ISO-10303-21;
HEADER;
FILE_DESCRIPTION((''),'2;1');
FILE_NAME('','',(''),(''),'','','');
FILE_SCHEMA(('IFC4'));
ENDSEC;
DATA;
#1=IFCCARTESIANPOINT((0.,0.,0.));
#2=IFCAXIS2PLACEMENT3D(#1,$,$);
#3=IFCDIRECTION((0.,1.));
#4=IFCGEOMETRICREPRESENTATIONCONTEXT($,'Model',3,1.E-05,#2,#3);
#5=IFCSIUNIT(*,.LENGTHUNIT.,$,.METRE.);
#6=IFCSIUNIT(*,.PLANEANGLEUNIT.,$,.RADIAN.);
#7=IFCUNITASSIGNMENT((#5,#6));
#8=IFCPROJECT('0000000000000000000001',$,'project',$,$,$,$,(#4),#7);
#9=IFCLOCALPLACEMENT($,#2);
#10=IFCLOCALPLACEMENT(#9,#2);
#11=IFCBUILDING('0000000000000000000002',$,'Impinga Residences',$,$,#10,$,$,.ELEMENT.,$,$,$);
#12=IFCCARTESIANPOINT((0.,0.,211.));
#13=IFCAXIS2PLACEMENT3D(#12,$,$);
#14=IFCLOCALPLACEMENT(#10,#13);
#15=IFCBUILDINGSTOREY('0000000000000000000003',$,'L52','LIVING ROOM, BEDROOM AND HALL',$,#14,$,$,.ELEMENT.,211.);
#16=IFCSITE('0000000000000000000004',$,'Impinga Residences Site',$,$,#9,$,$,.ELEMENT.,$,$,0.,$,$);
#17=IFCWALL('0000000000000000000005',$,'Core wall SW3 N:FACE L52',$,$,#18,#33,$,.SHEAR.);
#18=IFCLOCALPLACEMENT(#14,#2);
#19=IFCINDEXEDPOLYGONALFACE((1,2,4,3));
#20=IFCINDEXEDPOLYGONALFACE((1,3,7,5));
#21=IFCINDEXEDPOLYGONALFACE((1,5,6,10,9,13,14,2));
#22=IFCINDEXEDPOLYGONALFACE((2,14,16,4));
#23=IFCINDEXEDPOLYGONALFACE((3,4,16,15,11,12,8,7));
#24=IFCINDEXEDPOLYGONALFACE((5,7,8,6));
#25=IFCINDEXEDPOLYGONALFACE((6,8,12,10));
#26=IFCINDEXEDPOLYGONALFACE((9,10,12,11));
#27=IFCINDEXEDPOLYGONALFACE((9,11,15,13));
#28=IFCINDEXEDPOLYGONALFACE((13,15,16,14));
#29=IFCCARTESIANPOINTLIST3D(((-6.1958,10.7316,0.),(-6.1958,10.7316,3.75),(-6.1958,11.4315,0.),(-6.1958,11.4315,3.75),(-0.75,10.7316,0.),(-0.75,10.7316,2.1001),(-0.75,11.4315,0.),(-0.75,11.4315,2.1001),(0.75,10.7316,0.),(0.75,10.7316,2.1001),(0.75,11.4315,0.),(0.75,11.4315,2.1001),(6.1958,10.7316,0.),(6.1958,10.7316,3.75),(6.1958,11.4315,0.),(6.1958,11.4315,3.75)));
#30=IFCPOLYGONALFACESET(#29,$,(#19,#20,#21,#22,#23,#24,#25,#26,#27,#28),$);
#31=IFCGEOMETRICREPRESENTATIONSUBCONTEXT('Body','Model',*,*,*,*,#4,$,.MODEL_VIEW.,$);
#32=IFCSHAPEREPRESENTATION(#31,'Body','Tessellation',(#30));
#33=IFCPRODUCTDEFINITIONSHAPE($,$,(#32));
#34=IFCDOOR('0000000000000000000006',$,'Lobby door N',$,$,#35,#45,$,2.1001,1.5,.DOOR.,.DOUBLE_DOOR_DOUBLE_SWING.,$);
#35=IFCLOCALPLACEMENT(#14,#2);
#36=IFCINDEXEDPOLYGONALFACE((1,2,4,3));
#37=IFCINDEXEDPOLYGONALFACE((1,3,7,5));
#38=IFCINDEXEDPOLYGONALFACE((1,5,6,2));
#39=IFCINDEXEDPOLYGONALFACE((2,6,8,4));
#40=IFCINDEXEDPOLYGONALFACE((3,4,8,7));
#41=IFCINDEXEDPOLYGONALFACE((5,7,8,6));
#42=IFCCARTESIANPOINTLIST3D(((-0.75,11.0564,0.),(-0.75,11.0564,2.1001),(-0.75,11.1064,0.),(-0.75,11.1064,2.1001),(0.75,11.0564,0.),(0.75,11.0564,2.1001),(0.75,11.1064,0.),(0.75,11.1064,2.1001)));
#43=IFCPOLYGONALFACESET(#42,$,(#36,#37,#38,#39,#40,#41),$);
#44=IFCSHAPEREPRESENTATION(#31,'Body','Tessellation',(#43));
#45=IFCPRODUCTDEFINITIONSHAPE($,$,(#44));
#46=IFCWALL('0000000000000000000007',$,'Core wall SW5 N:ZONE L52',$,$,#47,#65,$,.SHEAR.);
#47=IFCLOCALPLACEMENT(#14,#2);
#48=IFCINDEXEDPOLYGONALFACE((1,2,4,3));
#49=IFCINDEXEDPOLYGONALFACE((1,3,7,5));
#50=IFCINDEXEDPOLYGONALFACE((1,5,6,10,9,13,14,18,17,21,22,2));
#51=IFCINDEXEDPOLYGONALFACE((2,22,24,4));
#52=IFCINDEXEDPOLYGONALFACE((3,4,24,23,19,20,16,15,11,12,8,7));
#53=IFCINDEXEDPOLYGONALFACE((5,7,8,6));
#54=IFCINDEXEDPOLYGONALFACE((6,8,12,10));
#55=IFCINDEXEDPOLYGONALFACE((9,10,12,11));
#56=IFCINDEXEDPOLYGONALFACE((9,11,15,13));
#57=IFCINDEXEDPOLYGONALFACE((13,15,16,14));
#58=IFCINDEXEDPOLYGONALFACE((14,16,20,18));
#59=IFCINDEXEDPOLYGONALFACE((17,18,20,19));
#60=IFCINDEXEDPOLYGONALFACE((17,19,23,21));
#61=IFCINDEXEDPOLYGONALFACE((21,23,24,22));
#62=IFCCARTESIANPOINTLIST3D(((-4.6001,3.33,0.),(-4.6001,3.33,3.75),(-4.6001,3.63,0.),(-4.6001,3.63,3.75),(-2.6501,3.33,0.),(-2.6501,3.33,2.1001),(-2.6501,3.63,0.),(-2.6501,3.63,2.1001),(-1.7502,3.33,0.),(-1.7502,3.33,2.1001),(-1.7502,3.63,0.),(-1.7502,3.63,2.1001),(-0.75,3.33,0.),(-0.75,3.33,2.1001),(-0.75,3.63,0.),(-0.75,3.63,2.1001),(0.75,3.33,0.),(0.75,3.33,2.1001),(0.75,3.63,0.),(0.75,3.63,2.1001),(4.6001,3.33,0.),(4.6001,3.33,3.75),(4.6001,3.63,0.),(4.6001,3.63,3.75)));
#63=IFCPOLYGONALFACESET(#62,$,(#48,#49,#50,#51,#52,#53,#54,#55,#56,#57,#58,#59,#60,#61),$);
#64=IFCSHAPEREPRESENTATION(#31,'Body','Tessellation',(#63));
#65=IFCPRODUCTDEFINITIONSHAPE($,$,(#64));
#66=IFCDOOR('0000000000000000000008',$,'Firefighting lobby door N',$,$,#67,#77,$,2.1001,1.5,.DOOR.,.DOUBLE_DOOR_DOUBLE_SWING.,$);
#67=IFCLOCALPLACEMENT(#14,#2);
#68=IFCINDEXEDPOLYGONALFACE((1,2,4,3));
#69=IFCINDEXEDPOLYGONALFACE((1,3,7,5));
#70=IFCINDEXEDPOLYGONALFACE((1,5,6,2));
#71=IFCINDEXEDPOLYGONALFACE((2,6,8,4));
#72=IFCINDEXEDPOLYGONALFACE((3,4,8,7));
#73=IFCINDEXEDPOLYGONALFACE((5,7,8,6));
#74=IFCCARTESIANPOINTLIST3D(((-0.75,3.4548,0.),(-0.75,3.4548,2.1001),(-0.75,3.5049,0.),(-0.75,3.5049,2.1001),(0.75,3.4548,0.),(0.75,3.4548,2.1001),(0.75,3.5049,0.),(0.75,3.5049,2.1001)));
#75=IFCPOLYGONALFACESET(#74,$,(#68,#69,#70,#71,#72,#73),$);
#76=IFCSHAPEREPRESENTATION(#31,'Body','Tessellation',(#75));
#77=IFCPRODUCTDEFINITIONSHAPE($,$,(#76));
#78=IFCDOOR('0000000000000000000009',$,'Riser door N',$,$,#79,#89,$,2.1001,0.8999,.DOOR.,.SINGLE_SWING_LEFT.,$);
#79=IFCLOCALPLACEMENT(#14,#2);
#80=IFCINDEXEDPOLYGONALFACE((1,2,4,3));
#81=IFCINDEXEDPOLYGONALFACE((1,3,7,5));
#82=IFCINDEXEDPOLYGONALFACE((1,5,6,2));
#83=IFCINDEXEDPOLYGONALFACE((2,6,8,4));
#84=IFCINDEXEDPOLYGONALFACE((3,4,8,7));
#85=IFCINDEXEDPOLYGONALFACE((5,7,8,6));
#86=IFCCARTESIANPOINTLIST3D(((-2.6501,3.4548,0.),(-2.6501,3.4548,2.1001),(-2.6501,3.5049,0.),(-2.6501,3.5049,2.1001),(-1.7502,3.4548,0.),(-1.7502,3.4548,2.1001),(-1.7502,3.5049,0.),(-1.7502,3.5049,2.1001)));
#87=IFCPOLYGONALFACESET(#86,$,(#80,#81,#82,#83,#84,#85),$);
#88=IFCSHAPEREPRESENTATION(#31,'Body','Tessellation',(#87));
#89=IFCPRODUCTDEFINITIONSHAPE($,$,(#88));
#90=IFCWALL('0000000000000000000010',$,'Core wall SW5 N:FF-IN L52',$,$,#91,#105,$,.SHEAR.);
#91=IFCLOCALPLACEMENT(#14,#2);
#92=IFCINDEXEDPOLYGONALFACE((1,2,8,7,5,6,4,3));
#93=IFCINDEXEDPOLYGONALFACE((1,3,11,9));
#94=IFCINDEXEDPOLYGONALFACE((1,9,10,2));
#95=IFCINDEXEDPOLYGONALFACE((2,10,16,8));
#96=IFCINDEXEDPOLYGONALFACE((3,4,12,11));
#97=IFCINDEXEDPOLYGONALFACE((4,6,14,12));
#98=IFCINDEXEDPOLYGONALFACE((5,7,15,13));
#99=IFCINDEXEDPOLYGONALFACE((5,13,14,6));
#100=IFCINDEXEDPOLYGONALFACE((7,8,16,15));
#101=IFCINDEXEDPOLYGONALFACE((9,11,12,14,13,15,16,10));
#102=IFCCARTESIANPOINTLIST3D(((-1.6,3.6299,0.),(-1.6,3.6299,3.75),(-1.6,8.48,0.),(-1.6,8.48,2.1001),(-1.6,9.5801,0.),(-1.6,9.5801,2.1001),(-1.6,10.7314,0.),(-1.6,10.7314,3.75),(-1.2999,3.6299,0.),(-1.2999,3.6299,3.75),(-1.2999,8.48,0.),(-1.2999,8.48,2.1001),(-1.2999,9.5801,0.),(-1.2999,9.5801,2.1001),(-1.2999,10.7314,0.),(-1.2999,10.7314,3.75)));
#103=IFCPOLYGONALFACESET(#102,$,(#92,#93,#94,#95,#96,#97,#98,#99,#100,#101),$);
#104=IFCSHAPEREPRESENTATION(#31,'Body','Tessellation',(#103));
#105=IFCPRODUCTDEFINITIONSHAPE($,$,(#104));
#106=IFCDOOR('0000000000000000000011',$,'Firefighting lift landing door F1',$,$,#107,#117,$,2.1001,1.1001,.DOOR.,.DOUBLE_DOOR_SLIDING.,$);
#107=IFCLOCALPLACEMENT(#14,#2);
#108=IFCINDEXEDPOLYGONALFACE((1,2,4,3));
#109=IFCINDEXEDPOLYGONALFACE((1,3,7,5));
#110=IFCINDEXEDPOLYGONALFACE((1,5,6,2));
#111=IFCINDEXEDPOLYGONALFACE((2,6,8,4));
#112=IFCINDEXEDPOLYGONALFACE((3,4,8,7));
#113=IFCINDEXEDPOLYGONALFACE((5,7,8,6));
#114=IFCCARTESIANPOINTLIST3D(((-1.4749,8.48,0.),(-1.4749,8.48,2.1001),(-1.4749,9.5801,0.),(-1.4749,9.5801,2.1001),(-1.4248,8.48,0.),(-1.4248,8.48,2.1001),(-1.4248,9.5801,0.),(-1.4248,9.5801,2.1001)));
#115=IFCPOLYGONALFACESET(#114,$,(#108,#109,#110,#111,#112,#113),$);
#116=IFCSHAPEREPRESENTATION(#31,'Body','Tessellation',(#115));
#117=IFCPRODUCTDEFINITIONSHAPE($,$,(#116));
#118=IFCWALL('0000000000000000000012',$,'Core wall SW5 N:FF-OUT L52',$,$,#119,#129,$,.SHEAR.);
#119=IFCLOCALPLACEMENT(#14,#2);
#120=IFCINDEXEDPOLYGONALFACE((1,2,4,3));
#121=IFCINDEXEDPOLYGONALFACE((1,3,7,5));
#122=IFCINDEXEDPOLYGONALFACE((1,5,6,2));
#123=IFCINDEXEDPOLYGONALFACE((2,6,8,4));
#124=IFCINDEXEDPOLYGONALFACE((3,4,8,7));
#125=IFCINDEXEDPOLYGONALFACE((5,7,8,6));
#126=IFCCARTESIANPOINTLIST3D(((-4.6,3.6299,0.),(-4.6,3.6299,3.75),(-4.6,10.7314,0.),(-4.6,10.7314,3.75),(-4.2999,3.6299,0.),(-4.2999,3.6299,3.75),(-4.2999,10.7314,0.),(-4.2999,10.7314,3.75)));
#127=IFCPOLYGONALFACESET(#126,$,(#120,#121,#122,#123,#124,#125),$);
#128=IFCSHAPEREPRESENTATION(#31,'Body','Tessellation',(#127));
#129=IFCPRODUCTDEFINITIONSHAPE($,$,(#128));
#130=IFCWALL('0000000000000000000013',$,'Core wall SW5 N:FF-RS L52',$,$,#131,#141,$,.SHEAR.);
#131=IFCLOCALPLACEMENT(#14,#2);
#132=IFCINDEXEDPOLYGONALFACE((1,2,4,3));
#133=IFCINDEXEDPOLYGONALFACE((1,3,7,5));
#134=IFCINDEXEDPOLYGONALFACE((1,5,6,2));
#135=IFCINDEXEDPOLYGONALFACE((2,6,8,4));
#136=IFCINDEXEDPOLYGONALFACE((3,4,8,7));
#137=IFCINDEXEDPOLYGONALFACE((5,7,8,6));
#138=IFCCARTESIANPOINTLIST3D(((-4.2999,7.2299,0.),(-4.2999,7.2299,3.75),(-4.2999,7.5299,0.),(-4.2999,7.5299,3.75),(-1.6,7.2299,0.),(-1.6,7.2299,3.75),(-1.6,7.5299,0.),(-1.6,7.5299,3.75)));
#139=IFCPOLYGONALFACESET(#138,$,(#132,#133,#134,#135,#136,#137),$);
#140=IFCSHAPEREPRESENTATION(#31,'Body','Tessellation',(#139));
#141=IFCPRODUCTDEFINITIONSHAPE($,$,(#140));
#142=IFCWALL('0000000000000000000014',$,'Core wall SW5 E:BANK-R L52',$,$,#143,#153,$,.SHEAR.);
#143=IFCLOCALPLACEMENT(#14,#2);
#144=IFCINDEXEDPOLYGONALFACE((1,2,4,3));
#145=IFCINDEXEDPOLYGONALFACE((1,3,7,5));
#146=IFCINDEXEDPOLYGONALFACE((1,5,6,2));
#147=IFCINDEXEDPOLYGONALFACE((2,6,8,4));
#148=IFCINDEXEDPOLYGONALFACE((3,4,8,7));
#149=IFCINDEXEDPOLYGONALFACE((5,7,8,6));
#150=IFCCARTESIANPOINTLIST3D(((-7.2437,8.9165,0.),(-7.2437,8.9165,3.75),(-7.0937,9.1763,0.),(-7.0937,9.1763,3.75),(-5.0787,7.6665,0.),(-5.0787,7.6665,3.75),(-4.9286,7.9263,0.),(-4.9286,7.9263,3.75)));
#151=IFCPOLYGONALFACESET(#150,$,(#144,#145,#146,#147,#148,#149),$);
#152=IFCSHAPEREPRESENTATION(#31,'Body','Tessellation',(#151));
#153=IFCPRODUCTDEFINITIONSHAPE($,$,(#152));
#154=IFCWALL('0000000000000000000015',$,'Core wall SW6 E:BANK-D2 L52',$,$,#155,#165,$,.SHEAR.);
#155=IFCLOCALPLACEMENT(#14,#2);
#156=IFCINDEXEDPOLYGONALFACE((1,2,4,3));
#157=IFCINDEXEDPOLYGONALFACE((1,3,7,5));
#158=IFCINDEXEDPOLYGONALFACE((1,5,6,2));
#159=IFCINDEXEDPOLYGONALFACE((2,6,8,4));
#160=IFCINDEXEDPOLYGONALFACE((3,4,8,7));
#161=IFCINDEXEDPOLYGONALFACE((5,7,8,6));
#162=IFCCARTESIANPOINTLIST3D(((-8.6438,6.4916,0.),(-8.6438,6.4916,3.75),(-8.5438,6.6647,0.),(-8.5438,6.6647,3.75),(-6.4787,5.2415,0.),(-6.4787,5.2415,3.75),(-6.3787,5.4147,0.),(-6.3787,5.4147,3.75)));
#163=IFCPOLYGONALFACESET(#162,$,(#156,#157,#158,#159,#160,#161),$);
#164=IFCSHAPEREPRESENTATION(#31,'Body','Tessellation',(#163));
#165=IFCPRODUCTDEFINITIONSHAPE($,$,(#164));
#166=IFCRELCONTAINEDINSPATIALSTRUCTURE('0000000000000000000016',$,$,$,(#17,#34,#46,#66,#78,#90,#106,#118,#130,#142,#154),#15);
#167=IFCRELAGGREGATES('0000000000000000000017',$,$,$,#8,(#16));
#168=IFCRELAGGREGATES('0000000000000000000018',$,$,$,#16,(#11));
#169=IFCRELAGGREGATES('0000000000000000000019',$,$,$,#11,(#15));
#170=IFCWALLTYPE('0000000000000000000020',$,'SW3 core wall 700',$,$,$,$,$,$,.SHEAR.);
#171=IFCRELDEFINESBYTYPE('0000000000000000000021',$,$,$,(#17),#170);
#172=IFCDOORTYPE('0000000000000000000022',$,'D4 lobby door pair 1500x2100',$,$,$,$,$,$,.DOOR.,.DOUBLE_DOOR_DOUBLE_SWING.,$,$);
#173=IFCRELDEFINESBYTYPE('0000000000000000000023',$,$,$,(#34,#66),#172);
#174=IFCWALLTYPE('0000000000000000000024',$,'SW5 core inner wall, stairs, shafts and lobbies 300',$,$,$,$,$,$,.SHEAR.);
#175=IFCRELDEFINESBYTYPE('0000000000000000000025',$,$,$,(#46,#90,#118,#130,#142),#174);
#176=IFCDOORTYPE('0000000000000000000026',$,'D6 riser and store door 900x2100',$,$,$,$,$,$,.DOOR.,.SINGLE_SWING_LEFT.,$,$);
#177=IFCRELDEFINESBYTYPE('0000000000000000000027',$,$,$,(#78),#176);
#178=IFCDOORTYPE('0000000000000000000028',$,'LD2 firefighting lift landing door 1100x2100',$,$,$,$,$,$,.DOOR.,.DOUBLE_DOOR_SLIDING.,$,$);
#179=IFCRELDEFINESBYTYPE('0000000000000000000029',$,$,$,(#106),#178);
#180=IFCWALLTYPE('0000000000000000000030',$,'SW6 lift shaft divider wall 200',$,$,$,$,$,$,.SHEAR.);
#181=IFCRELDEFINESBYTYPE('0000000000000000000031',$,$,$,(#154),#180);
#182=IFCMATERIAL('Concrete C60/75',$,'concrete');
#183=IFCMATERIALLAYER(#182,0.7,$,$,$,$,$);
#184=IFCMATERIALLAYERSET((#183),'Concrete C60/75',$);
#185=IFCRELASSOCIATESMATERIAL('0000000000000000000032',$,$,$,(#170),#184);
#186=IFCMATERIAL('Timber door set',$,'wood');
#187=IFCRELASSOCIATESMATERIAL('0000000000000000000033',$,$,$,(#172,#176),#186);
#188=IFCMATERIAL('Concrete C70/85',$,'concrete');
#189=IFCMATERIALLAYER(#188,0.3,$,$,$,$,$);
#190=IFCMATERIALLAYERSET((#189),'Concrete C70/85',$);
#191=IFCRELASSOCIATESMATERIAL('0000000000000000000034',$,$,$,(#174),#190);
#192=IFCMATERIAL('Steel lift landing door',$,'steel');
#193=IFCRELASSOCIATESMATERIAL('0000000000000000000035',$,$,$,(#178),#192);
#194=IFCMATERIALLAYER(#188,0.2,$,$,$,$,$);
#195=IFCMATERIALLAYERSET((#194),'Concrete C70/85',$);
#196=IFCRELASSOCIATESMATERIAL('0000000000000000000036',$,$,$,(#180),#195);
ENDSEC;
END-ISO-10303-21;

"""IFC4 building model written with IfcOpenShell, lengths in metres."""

from ifc_helpers import new_model, si_unit, direction, frame, frame_2d, origin, place, context, subcontext, project, spatial, rectangle, extrude, material, layer, layer_set, type_object, element, fill, save


model = new_model("IFC4")

# Units and contexts
model_context = context("Model", 3, precision=1e-05, world=origin(), true_north=direction((0.0, 1.0)))
body_context = subcontext(model_context, "Body", "Model", "MODEL_VIEW")
ifc_project = project(units=[si_unit("LENGTHUNIT", "METRE"), si_unit("PLANEANGLEUNIT", "RADIAN")], contexts=[model_context])

# Site, building, storey
site_placement = place(None, origin())
site = spatial("IfcSite", under=ifc_project, at=site_placement, Name="Impinga Residences Site", CompositionType="ELEMENT", RefElevation=0.0)
building_placement = place(site_placement, origin())
building = spatial("IfcBuilding", under=site, at=building_placement, Name="Impinga Residences", CompositionType="ELEMENT")
storey_placement = place(building_placement, frame((0.0, 0.0, 211.0)))
storey = spatial("IfcBuildingStorey", under=building, at=storey_placement, Name="L52", Description="LIVING ROOM, BEDROOM AND HALL", CompositionType="ELEMENT", Elevation=211.0)

# Shared definitions
ifc_material_1 = material(Name="Concrete C60/75", Category="concrete")
ifc_material_2 = material(Name="Timber door set", Category="wood")

# Wall, opening, door
ifc_layer_1 = layer(ifc_material_1, 0.7)
ifc_layer_set_1 = layer_set([ifc_layer_1], Name="Concrete C60/75")
wall_type_1 = type_object("IfcWallType", Name="SW3 core wall 700", PredefinedType="SHEAR", material=ifc_layer_set_1)
wall_1_placement = place(storey_placement, frame((-6.1958, 11.0815, 0.0), z_axis=(0.0, 0.0, 1.0), x_axis=(1.0, 0.0, 0.0)))
wall_1 = element("IfcWall", 1, at=wall_1_placement, inside=storey, type_object=wall_type_1, Name="Core wall SW3 N:FACE L52", PredefinedType="SHEAR", context=body_context, shape_type="SweptSolid", body=[
    extrude(rectangle(XDim=12.3916, YDim=0.7, at=frame_2d((6.1958, 0.0))), origin(), (0.0, 0.0, 1.0), 3.75),
])
opening_1_placement = place(wall_1_placement, frame((5.4458, 0.0, 0.0)))
opening_1 = element("IfcOpeningElement", 2, at=opening_1_placement, cuts=wall_1, PredefinedType="OPENING", context=body_context, shape_type="SweptSolid", body=[
    extrude(rectangle(XDim=1.5, YDim=2.1001, at=frame_2d((0.75, 1.05))), frame((0.0, 0.3599, 0.0), z_axis=(0.0, -1.0, 0.0), x_axis=(1.0, 0.0, 0.0)), (0.0, 0.0, 1.0), 0.72),
])
door_type_1 = type_object("IfcDoorType", Name="D4 lobby door pair 1500x2100", OperationType="DOUBLE_DOOR_DOUBLE_SWING", PredefinedType="DOOR", material=ifc_material_2)
door_1_placement = place(opening_1_placement, origin())
door_1 = element("IfcDoor", 3, at=door_1_placement, inside=storey, type_object=door_type_1, Name="Lobby door N", OperationType="DOUBLE_DOOR_DOUBLE_SWING", OverallHeight=2.1001, OverallWidth=1.5, PredefinedType="DOOR", context=body_context, shape_type="SweptSolid", body=[
    extrude(rectangle(XDim=1.5, YDim=2.1001, at=frame_2d((0.75, 1.05))), frame((0.0, 0.0249, 0.0), z_axis=(0.0, -1.0, 0.0), x_axis=(1.0, 0.0, 0.0)), (0.0, 0.0, 1.0), 0.05),
])
fill(opening_1, door_1)

# Wall, openings, doors
ifc_material_3 = material(Name="Concrete C70/85", Category="concrete")
ifc_layer_2 = layer(ifc_material_3, 0.3)
ifc_layer_set_2 = layer_set([ifc_layer_2], Name="Concrete C70/85")
wall_type_2 = type_object("IfcWallType", Name="SW5 core inner wall, stairs, shafts and lobbies 300", PredefinedType="SHEAR", material=ifc_layer_set_2)
wall_2_placement = place(storey_placement, frame((-4.6001, 3.48, 0.0), z_axis=(0.0, 0.0, 1.0), x_axis=(1.0, 0.0, 0.0)))
wall_2 = element("IfcWall", 4, at=wall_2_placement, inside=storey, type_object=wall_type_2, Name="Core wall SW5 N:ZONE L52", PredefinedType="SHEAR", context=body_context, shape_type="SweptSolid", body=[
    extrude(rectangle(XDim=9.2002, YDim=0.3, at=frame_2d((4.6001, 0.0))), origin(), (0.0, 0.0, 1.0), 3.75),
])
opening_2_placement = place(wall_2_placement, frame((3.8501, 0.0, 0.0)))
opening_2 = element("IfcOpeningElement", 5, at=opening_2_placement, cuts=wall_2, PredefinedType="OPENING", context=body_context, shape_type="SweptSolid", body=[
    extrude(rectangle(XDim=1.5, YDim=2.1001, at=frame_2d((0.75, 1.05))), frame((0.0, 0.1599, 0.0), z_axis=(0.0, -1.0, 0.0), x_axis=(1.0, 0.0, 0.0)), (0.0, 0.0, 1.0), 0.3201),
])
opening_3_placement = place(wall_2_placement, frame((1.95, 0.0, 0.0)))
opening_3 = element("IfcOpeningElement", 6, at=opening_3_placement, cuts=wall_2, PredefinedType="OPENING", context=body_context, shape_type="SweptSolid", body=[
    extrude(rectangle(XDim=0.8999, YDim=2.1001, at=frame_2d((0.45, 1.05))), frame((0.0, 0.1599, 0.0), z_axis=(0.0, -1.0, 0.0), x_axis=(1.0, 0.0, 0.0)), (0.0, 0.0, 1.0), 0.3201),
])
door_2_placement = place(opening_2_placement, origin())
door_2 = element("IfcDoor", 7, at=door_2_placement, inside=storey, type_object=door_type_1, Name="Firefighting lobby door N", OperationType="DOUBLE_DOOR_DOUBLE_SWING", OverallHeight=2.1001, OverallWidth=1.5, PredefinedType="DOOR", context=body_context, shape_type="SweptSolid", body=[
    extrude(rectangle(XDim=1.5, YDim=2.1001, at=frame_2d((0.75, 1.05))), frame((0.0, 0.0249, 0.0), z_axis=(0.0, -1.0, 0.0), x_axis=(1.0, 0.0, 0.0)), (0.0, 0.0, 1.0), 0.05),
])
fill(opening_2, door_2)
door_type_2 = type_object("IfcDoorType", Name="D6 riser and store door 900x2100", OperationType="SINGLE_SWING_LEFT", PredefinedType="DOOR", material=ifc_material_2)
door_3_placement = place(opening_3_placement, origin())
door_3 = element("IfcDoor", 8, at=door_3_placement, inside=storey, type_object=door_type_2, Name="Riser door N", OperationType="SINGLE_SWING_LEFT", OverallHeight=2.1001, OverallWidth=0.8999, PredefinedType="DOOR", context=body_context, shape_type="SweptSolid", body=[
    extrude(rectangle(XDim=0.8999, YDim=2.1001, at=frame_2d((0.45, 1.05))), frame((0.0, 0.0249, 0.0), z_axis=(0.0, -1.0, 0.0), x_axis=(1.0, 0.0, 0.0)), (0.0, 0.0, 1.0), 0.05),
])
fill(opening_3, door_3)

# Wall, opening, door
wall_3_placement = place(storey_placement, frame((-1.45, 3.6299, 0.0), z_axis=(0.0, 0.0, 1.0), x_axis=(0.0, 1.0, 0.0)))
wall_3 = element("IfcWall", 9, at=wall_3_placement, inside=storey, type_object=wall_type_2, Name="Core wall SW5 N:FF-IN L52", PredefinedType="SHEAR", context=body_context, shape_type="SweptSolid", body=[
    extrude(rectangle(XDim=7.1016, YDim=0.3, at=frame_2d((3.5508, 0.0))), origin(), (0.0, 0.0, 1.0), 3.75),
])
opening_4_placement = place(wall_3_placement, frame((4.8501, 0.0, 0.0)))
opening_4 = element("IfcOpeningElement", 10, at=opening_4_placement, cuts=wall_3, PredefinedType="OPENING", context=body_context, shape_type="SweptSolid", body=[
    extrude(rectangle(XDim=1.1001, YDim=2.1001, at=frame_2d((0.55, 1.05))), frame((0.0, 0.1599, 0.0), z_axis=(0.0, -1.0, 0.0), x_axis=(1.0, 0.0, 0.0)), (0.0, 0.0, 1.0), 0.3201),
])
ifc_material_4 = material(Name="Steel lift landing door", Category="steel")
door_type_3 = type_object("IfcDoorType", Name="LD2 firefighting lift landing door 1100x2100", OperationType="DOUBLE_DOOR_SLIDING", PredefinedType="DOOR", material=ifc_material_4)
door_4_placement = place(opening_4_placement, origin())
door_4 = element("IfcDoor", 11, at=door_4_placement, inside=storey, type_object=door_type_3, Name="Firefighting lift landing door F1", OperationType="DOUBLE_DOOR_SLIDING", OverallHeight=2.1001, OverallWidth=1.1001, PredefinedType="DOOR", context=body_context, shape_type="SweptSolid", body=[
    extrude(rectangle(XDim=1.1001, YDim=2.1001, at=frame_2d((0.55, 1.05))), frame((0.0, 0.0249, 0.0), z_axis=(0.0, -1.0, 0.0), x_axis=(1.0, 0.0, 0.0)), (0.0, 0.0, 1.0), 0.05),
])
fill(opening_4, door_4)

# Walls
wall_4_placement = place(storey_placement, frame((-4.45, 3.6299, 0.0), z_axis=(0.0, 0.0, 1.0), x_axis=(0.0, 1.0, 0.0)))
element("IfcWall", 12, at=wall_4_placement, inside=storey, type_object=wall_type_2, Name="Core wall SW5 N:FF-OUT L52", PredefinedType="SHEAR", context=body_context, shape_type="SweptSolid", body=[
    extrude(rectangle(XDim=7.1016, YDim=0.3, at=frame_2d((3.5508, 0.0))), origin(), (0.0, 0.0, 1.0), 3.75),
])
wall_5_placement = place(storey_placement, frame((-4.3, 7.3799, 0.0), z_axis=(0.0, 0.0, 1.0), x_axis=(1.0, 0.0, 0.0)))
element("IfcWall", 13, at=wall_5_placement, inside=storey, type_object=wall_type_2, Name="Core wall SW5 N:FF-RS L52", PredefinedType="SHEAR", context=body_context, shape_type="SweptSolid", body=[
    extrude(rectangle(XDim=2.7, YDim=0.3, at=frame_2d((1.3501, 0.0))), origin(), (0.0, 0.0, 1.0), 3.75),
])
wall_6_placement = place(storey_placement, frame((-5.0037, 7.7964, 0.0), z_axis=(0.0, 0.0, 1.0), x_axis=(-0.866023, 0.500004, 0.0)))
element("IfcWall", 14, at=wall_6_placement, inside=storey, type_object=wall_type_2, Name="Core wall SW5 E:BANK-R L52", PredefinedType="SHEAR", context=body_context, shape_type="SweptSolid", body=[
    extrude(rectangle(XDim=2.5, YDim=0.3, at=frame_2d((1.25, 0.0))), origin(), (0.0, 0.0, 1.0), 3.75),
])
ifc_layer_3 = layer(ifc_material_3, 0.2)
ifc_layer_set_3 = layer_set([ifc_layer_3], Name="Concrete C70/85")
wall_type_3 = type_object("IfcWallType", Name="SW6 lift shaft divider wall 200", PredefinedType="SHEAR", material=ifc_layer_set_3)
wall_7_placement = place(storey_placement, frame((-6.4287, 5.3281, 0.0), z_axis=(0.0, 0.0, 1.0), x_axis=(-0.866023, 0.500004, 0.0)))
element("IfcWall", 15, at=wall_7_placement, inside=storey, type_object=wall_type_3, Name="Core wall SW6 E:BANK-D2 L52", PredefinedType="SHEAR", context=body_context, shape_type="SweptSolid", body=[
    extrude(rectangle(XDim=2.5, YDim=0.2, at=frame_2d((1.25, 0.0))), origin(), (0.0, 0.0, 1.0), 3.75),
])

save(model, "model.ifc")
